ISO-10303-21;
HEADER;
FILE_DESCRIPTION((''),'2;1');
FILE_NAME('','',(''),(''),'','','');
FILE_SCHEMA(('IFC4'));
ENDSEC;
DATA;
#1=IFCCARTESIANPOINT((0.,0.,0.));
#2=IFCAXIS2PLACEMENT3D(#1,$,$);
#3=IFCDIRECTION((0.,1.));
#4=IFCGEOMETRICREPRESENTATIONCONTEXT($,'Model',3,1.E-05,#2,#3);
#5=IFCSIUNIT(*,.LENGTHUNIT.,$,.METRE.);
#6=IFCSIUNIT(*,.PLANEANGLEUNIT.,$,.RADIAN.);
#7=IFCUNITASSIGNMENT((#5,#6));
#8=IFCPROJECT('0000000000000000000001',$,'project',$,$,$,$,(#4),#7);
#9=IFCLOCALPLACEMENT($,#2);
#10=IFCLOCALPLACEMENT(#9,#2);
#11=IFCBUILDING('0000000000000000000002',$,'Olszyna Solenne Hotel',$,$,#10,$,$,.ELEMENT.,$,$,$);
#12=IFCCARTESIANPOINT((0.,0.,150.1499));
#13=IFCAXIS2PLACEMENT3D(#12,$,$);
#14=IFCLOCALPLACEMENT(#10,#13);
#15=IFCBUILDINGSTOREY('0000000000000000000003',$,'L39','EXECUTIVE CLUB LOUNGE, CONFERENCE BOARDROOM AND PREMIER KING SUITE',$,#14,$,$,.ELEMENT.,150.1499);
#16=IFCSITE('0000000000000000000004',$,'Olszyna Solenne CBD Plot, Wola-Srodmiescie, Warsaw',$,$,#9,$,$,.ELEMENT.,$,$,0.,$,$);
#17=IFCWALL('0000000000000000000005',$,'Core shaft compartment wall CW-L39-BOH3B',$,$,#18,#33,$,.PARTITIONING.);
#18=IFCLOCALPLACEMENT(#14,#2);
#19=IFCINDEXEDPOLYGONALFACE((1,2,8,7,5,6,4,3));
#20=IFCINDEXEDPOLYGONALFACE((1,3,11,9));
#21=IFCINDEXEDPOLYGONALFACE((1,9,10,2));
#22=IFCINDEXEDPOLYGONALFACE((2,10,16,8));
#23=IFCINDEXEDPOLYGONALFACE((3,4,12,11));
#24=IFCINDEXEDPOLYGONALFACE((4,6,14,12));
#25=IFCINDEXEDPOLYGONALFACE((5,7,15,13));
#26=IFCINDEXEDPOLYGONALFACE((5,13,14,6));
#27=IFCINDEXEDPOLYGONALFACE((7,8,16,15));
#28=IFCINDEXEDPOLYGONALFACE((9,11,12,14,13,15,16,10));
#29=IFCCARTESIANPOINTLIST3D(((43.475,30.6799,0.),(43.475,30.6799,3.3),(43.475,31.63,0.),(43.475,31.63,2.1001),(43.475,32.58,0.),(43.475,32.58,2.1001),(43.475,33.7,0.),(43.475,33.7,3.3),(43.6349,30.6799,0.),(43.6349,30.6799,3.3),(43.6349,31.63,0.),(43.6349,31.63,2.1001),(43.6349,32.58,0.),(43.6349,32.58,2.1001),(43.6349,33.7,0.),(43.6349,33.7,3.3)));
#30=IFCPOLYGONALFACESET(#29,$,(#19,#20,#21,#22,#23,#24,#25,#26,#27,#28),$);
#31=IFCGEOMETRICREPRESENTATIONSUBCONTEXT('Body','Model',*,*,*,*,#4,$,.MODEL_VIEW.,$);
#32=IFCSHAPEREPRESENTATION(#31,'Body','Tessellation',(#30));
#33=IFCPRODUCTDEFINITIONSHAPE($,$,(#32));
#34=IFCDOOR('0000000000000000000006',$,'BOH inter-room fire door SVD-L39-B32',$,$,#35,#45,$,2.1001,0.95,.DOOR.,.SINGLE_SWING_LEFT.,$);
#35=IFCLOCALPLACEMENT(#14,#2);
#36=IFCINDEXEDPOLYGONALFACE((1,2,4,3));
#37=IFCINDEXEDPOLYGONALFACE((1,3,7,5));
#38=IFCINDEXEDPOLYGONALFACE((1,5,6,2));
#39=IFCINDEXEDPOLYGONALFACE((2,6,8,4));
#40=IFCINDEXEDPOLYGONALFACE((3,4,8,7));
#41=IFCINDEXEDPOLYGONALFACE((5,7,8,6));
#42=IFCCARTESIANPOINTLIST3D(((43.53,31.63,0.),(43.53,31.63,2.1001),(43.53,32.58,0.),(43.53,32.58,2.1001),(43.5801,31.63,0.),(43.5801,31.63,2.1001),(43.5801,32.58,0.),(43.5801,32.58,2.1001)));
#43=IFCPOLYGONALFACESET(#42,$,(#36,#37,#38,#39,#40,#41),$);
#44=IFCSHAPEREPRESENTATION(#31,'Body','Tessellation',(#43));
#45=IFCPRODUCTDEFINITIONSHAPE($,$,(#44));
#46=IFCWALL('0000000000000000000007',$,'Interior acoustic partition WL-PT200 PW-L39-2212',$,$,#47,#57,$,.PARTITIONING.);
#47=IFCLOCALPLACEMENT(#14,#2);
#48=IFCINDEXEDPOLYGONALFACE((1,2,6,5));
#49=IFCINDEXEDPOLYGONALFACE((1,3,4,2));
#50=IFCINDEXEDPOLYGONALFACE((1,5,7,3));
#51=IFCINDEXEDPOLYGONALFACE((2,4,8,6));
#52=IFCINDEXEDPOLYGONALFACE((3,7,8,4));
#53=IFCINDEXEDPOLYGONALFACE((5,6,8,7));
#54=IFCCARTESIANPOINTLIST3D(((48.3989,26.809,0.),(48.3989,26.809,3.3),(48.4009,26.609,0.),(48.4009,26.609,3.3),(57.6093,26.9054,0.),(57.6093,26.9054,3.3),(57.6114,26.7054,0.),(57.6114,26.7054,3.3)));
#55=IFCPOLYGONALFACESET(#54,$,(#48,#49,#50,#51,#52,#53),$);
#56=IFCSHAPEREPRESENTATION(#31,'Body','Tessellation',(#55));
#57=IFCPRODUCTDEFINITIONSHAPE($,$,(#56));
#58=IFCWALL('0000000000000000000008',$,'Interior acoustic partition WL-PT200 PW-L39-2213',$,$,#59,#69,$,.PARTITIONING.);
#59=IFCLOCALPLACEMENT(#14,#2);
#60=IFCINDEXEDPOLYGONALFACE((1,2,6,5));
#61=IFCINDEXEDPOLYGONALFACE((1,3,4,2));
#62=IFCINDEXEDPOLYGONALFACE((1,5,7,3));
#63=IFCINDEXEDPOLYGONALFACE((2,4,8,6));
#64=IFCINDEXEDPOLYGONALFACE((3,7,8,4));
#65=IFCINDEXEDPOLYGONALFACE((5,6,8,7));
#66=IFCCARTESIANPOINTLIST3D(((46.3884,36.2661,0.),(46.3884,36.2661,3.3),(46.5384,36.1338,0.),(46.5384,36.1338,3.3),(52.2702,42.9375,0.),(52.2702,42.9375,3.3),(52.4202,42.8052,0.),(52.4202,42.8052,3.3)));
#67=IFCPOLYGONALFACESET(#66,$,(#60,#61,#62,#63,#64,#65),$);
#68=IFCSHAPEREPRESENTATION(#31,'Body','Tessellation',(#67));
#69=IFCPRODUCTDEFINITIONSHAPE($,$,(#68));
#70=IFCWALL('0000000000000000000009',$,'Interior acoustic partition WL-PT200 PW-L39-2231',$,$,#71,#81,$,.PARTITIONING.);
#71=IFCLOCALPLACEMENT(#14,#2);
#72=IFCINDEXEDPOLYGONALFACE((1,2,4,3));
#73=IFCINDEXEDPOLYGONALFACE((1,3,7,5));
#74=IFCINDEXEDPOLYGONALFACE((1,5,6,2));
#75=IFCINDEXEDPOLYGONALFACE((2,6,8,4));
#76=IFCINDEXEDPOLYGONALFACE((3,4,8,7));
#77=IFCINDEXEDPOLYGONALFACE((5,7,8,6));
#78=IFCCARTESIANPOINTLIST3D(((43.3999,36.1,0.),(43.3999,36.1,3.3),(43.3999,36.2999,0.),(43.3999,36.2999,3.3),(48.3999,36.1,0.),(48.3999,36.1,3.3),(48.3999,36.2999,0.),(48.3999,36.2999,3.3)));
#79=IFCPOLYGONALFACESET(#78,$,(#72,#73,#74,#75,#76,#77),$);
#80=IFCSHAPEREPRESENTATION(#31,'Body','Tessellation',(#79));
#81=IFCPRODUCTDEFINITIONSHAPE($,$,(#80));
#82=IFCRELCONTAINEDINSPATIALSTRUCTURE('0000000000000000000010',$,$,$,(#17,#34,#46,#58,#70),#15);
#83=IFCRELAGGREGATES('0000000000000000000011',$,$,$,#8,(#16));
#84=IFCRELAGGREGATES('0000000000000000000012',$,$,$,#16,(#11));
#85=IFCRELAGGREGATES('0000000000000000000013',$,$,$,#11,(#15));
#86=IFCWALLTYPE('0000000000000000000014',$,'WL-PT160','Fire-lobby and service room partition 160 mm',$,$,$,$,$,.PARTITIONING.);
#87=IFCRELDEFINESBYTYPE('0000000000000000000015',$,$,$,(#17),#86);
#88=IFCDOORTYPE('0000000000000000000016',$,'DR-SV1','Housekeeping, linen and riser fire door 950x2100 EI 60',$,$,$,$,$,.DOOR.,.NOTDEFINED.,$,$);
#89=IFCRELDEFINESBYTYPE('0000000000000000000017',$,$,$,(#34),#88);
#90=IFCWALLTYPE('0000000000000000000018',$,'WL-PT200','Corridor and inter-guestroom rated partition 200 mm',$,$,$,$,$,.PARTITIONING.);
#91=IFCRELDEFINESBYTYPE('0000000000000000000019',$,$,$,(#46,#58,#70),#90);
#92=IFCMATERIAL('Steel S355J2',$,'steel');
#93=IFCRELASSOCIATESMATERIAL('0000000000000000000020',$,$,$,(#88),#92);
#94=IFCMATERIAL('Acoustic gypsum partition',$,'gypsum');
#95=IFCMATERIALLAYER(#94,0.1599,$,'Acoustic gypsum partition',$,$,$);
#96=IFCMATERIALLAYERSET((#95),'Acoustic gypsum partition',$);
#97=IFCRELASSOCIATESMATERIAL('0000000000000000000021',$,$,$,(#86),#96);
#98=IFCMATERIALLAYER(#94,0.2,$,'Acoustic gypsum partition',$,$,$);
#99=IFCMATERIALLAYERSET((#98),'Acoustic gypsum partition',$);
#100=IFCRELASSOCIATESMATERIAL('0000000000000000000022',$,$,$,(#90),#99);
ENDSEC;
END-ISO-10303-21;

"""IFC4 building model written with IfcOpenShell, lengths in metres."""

from ifc_helpers import new_model, si_unit, direction, frame, frame_2d, origin, place, context, subcontext, project, spatial, rectangle, extrude, source, transform, mapped, material, layer, layer_set, type_object, type_shapes, element, fill, save


model = new_model("IFC4")

# Units and contexts
model_context = context("Model", 3, precision=1e-05, world=origin(), true_north=direction((0.0, 1.0)))
body_context = subcontext(model_context, "Body", "Model", "MODEL_VIEW")
ifc_project = project(units=[si_unit("LENGTHUNIT", "METRE"), si_unit("PLANEANGLEUNIT", "RADIAN")], contexts=[model_context])

# Site, building, storey
site_placement = place(None, origin())
site = spatial("IfcSite", under=ifc_project, at=site_placement, Name="Olszyna Solenne CBD Plot, Wola-Srodmiescie, Warsaw", CompositionType="ELEMENT", RefElevation=0.0)
building_placement = place(site_placement, origin())
building = spatial("IfcBuilding", under=site, at=building_placement, Name="Olszyna Solenne Hotel", CompositionType="ELEMENT")
storey_placement = place(building_placement, frame((0.0, 0.0, 150.1499)))
storey = spatial("IfcBuildingStorey", under=building, at=storey_placement, Name="L39", Description="EXECUTIVE CLUB LOUNGE, CONFERENCE BOARDROOM AND PREMIER KING SUITE", CompositionType="ELEMENT", Elevation=150.1499)

# Shared definitions
ifc_material_1 = material(Name="Steel S355J2", Category="steel")

# Shared definitions
door_type_1 = type_object("IfcDoorType", Name="DR-SV1", Description="Housekeeping, linen and riser fire door 950x2100 EI 60", OperationType="NOTDEFINED", PredefinedType="DOOR", material=ifc_material_1)
shared_shape_1 = source(origin(), body_context, "Body", "SweptSolid", [
    extrude(rectangle(XDim=0.95, YDim=2.1001, at=frame_2d((0.4751, 1.05))), frame((0.0, 0.0249, 0.0), z_axis=(0.0, -1.0, 0.0), x_axis=(1.0, 0.0, 0.0)), (0.0, 0.0, 1.0), 0.05),
])
type_shapes(door_type_1, [shared_shape_1])

# Shared definitions
ifc_material_2 = material(Name="Acoustic gypsum partition", Category="gypsum")

# Wall, opening, door
ifc_layer_1 = layer(ifc_material_2, 0.1599, Name="Acoustic gypsum partition")
ifc_layer_set_1 = layer_set([ifc_layer_1], Name="Acoustic gypsum partition")
wall_type_1 = type_object("IfcWallType", Name="WL-PT160", Description="Fire-lobby and service room partition 160 mm", PredefinedType="PARTITIONING", material=ifc_layer_set_1)
wall_1_placement = place(storey_placement, frame((43.5549, 30.6799, 0.0), z_axis=(0.0, 0.0, 1.0), x_axis=(0.0, 1.0, 0.0)))
wall_1 = element("IfcWall", 1, at=wall_1_placement, inside=storey, type_object=wall_type_1, Name="Core shaft compartment wall CW-L39-BOH3B", PredefinedType="PARTITIONING", context=body_context, shape_type="SweptSolid", body=[
    extrude(rectangle(XDim=3.02, YDim=0.1599, at=frame_2d((1.51, 0.0))), origin(), (0.0, 0.0, 1.0), 3.3),
])
opening_1_placement = place(wall_1_placement, frame((0.95, 0.0, 0.0)))
opening_1 = element("IfcOpeningElement", 2, at=opening_1_placement, cuts=wall_1, PredefinedType="OPENING", context=body_context, shape_type="SweptSolid", body=[
    extrude(rectangle(XDim=0.95, YDim=2.1001, at=frame_2d((0.4751, 1.05))), frame((0.0, 0.0898, 0.0), z_axis=(0.0, -1.0, 0.0), x_axis=(1.0, 0.0, 0.0)), (0.0, 0.0, 1.0), 0.1799),
])
door_1_placement = place(opening_1_placement, origin())
door_1 = element("IfcDoor", 3, at=door_1_placement, inside=storey, type_object=door_type_1, Name="BOH inter-room fire door SVD-L39-B32", OperationType="SINGLE_SWING_LEFT", OverallHeight=2.1001, OverallWidth=0.95, PredefinedType="DOOR", context=body_context, shape_type="MappedRepresentation", body=[
    mapped(shared_shape_1, transform((0.0, 0.0, 0.0), x_axis=(1.0, 0.0, 0.0), y_axis=(0.0, 1.0, 0.0), z_axis=(0.0, 0.0, 1.0), scale=1.0)),
])
fill(opening_1, door_1)

# Walls
ifc_layer_2 = layer(ifc_material_2, 0.2, Name="Acoustic gypsum partition")
ifc_layer_set_2 = layer_set([ifc_layer_2], Name="Acoustic gypsum partition")
wall_type_2 = type_object("IfcWallType", Name="WL-PT200", Description="Corridor and inter-guestroom rated partition 200 mm", PredefinedType="PARTITIONING", material=ifc_layer_set_2)
wall_2_placement = place(storey_placement, frame((48.3999, 26.709, 0.0), z_axis=(0.0, 0.0, 1.0), x_axis=(0.999945, 0.01047, 0.0)))
element("IfcWall", 4, at=wall_2_placement, inside=storey, type_object=wall_type_2, Name="Interior acoustic partition WL-PT200 PW-L39-2212", PredefinedType="PARTITIONING", context=body_context, shape_type="SweptSolid", body=[
    extrude(rectangle(XDim=9.2109, YDim=0.2, at=frame_2d((4.6055, 0.0))), origin(), (0.0, 0.0, 1.0), 3.3),
])
wall_3_placement = place(storey_placement, frame((46.4634, 36.2, 0.0), z_axis=(0.0, 0.0, 1.0), x_axis=(0.661326, 0.750099, 0.0)))
element("IfcWall", 5, at=wall_3_placement, inside=storey, type_object=wall_type_2, Name="Interior acoustic partition WL-PT200 PW-L39-2213", PredefinedType="PARTITIONING", context=body_context, shape_type="SweptSolid", body=[
    extrude(rectangle(XDim=8.894, YDim=0.2, at=frame_2d((4.447, 0.0))), origin(), (0.0, 0.0, 1.0), 3.3),
])
wall_4_placement = place(storey_placement, frame((43.3999, 36.2, 0.0), z_axis=(0.0, 0.0, 1.0), x_axis=(1.0, 0.0, 0.0)))
element("IfcWall", 6, at=wall_4_placement, inside=storey, type_object=wall_type_2, Name="Interior acoustic partition WL-PT200 PW-L39-2231", PredefinedType="PARTITIONING", context=body_context, shape_type="SweptSolid", body=[
    extrude(rectangle(XDim=5.0, YDim=0.2, at=frame_2d((2.5, 0.0))), origin(), (0.0, 0.0, 1.0), 3.3),
])

save(model, "model.ifc")
